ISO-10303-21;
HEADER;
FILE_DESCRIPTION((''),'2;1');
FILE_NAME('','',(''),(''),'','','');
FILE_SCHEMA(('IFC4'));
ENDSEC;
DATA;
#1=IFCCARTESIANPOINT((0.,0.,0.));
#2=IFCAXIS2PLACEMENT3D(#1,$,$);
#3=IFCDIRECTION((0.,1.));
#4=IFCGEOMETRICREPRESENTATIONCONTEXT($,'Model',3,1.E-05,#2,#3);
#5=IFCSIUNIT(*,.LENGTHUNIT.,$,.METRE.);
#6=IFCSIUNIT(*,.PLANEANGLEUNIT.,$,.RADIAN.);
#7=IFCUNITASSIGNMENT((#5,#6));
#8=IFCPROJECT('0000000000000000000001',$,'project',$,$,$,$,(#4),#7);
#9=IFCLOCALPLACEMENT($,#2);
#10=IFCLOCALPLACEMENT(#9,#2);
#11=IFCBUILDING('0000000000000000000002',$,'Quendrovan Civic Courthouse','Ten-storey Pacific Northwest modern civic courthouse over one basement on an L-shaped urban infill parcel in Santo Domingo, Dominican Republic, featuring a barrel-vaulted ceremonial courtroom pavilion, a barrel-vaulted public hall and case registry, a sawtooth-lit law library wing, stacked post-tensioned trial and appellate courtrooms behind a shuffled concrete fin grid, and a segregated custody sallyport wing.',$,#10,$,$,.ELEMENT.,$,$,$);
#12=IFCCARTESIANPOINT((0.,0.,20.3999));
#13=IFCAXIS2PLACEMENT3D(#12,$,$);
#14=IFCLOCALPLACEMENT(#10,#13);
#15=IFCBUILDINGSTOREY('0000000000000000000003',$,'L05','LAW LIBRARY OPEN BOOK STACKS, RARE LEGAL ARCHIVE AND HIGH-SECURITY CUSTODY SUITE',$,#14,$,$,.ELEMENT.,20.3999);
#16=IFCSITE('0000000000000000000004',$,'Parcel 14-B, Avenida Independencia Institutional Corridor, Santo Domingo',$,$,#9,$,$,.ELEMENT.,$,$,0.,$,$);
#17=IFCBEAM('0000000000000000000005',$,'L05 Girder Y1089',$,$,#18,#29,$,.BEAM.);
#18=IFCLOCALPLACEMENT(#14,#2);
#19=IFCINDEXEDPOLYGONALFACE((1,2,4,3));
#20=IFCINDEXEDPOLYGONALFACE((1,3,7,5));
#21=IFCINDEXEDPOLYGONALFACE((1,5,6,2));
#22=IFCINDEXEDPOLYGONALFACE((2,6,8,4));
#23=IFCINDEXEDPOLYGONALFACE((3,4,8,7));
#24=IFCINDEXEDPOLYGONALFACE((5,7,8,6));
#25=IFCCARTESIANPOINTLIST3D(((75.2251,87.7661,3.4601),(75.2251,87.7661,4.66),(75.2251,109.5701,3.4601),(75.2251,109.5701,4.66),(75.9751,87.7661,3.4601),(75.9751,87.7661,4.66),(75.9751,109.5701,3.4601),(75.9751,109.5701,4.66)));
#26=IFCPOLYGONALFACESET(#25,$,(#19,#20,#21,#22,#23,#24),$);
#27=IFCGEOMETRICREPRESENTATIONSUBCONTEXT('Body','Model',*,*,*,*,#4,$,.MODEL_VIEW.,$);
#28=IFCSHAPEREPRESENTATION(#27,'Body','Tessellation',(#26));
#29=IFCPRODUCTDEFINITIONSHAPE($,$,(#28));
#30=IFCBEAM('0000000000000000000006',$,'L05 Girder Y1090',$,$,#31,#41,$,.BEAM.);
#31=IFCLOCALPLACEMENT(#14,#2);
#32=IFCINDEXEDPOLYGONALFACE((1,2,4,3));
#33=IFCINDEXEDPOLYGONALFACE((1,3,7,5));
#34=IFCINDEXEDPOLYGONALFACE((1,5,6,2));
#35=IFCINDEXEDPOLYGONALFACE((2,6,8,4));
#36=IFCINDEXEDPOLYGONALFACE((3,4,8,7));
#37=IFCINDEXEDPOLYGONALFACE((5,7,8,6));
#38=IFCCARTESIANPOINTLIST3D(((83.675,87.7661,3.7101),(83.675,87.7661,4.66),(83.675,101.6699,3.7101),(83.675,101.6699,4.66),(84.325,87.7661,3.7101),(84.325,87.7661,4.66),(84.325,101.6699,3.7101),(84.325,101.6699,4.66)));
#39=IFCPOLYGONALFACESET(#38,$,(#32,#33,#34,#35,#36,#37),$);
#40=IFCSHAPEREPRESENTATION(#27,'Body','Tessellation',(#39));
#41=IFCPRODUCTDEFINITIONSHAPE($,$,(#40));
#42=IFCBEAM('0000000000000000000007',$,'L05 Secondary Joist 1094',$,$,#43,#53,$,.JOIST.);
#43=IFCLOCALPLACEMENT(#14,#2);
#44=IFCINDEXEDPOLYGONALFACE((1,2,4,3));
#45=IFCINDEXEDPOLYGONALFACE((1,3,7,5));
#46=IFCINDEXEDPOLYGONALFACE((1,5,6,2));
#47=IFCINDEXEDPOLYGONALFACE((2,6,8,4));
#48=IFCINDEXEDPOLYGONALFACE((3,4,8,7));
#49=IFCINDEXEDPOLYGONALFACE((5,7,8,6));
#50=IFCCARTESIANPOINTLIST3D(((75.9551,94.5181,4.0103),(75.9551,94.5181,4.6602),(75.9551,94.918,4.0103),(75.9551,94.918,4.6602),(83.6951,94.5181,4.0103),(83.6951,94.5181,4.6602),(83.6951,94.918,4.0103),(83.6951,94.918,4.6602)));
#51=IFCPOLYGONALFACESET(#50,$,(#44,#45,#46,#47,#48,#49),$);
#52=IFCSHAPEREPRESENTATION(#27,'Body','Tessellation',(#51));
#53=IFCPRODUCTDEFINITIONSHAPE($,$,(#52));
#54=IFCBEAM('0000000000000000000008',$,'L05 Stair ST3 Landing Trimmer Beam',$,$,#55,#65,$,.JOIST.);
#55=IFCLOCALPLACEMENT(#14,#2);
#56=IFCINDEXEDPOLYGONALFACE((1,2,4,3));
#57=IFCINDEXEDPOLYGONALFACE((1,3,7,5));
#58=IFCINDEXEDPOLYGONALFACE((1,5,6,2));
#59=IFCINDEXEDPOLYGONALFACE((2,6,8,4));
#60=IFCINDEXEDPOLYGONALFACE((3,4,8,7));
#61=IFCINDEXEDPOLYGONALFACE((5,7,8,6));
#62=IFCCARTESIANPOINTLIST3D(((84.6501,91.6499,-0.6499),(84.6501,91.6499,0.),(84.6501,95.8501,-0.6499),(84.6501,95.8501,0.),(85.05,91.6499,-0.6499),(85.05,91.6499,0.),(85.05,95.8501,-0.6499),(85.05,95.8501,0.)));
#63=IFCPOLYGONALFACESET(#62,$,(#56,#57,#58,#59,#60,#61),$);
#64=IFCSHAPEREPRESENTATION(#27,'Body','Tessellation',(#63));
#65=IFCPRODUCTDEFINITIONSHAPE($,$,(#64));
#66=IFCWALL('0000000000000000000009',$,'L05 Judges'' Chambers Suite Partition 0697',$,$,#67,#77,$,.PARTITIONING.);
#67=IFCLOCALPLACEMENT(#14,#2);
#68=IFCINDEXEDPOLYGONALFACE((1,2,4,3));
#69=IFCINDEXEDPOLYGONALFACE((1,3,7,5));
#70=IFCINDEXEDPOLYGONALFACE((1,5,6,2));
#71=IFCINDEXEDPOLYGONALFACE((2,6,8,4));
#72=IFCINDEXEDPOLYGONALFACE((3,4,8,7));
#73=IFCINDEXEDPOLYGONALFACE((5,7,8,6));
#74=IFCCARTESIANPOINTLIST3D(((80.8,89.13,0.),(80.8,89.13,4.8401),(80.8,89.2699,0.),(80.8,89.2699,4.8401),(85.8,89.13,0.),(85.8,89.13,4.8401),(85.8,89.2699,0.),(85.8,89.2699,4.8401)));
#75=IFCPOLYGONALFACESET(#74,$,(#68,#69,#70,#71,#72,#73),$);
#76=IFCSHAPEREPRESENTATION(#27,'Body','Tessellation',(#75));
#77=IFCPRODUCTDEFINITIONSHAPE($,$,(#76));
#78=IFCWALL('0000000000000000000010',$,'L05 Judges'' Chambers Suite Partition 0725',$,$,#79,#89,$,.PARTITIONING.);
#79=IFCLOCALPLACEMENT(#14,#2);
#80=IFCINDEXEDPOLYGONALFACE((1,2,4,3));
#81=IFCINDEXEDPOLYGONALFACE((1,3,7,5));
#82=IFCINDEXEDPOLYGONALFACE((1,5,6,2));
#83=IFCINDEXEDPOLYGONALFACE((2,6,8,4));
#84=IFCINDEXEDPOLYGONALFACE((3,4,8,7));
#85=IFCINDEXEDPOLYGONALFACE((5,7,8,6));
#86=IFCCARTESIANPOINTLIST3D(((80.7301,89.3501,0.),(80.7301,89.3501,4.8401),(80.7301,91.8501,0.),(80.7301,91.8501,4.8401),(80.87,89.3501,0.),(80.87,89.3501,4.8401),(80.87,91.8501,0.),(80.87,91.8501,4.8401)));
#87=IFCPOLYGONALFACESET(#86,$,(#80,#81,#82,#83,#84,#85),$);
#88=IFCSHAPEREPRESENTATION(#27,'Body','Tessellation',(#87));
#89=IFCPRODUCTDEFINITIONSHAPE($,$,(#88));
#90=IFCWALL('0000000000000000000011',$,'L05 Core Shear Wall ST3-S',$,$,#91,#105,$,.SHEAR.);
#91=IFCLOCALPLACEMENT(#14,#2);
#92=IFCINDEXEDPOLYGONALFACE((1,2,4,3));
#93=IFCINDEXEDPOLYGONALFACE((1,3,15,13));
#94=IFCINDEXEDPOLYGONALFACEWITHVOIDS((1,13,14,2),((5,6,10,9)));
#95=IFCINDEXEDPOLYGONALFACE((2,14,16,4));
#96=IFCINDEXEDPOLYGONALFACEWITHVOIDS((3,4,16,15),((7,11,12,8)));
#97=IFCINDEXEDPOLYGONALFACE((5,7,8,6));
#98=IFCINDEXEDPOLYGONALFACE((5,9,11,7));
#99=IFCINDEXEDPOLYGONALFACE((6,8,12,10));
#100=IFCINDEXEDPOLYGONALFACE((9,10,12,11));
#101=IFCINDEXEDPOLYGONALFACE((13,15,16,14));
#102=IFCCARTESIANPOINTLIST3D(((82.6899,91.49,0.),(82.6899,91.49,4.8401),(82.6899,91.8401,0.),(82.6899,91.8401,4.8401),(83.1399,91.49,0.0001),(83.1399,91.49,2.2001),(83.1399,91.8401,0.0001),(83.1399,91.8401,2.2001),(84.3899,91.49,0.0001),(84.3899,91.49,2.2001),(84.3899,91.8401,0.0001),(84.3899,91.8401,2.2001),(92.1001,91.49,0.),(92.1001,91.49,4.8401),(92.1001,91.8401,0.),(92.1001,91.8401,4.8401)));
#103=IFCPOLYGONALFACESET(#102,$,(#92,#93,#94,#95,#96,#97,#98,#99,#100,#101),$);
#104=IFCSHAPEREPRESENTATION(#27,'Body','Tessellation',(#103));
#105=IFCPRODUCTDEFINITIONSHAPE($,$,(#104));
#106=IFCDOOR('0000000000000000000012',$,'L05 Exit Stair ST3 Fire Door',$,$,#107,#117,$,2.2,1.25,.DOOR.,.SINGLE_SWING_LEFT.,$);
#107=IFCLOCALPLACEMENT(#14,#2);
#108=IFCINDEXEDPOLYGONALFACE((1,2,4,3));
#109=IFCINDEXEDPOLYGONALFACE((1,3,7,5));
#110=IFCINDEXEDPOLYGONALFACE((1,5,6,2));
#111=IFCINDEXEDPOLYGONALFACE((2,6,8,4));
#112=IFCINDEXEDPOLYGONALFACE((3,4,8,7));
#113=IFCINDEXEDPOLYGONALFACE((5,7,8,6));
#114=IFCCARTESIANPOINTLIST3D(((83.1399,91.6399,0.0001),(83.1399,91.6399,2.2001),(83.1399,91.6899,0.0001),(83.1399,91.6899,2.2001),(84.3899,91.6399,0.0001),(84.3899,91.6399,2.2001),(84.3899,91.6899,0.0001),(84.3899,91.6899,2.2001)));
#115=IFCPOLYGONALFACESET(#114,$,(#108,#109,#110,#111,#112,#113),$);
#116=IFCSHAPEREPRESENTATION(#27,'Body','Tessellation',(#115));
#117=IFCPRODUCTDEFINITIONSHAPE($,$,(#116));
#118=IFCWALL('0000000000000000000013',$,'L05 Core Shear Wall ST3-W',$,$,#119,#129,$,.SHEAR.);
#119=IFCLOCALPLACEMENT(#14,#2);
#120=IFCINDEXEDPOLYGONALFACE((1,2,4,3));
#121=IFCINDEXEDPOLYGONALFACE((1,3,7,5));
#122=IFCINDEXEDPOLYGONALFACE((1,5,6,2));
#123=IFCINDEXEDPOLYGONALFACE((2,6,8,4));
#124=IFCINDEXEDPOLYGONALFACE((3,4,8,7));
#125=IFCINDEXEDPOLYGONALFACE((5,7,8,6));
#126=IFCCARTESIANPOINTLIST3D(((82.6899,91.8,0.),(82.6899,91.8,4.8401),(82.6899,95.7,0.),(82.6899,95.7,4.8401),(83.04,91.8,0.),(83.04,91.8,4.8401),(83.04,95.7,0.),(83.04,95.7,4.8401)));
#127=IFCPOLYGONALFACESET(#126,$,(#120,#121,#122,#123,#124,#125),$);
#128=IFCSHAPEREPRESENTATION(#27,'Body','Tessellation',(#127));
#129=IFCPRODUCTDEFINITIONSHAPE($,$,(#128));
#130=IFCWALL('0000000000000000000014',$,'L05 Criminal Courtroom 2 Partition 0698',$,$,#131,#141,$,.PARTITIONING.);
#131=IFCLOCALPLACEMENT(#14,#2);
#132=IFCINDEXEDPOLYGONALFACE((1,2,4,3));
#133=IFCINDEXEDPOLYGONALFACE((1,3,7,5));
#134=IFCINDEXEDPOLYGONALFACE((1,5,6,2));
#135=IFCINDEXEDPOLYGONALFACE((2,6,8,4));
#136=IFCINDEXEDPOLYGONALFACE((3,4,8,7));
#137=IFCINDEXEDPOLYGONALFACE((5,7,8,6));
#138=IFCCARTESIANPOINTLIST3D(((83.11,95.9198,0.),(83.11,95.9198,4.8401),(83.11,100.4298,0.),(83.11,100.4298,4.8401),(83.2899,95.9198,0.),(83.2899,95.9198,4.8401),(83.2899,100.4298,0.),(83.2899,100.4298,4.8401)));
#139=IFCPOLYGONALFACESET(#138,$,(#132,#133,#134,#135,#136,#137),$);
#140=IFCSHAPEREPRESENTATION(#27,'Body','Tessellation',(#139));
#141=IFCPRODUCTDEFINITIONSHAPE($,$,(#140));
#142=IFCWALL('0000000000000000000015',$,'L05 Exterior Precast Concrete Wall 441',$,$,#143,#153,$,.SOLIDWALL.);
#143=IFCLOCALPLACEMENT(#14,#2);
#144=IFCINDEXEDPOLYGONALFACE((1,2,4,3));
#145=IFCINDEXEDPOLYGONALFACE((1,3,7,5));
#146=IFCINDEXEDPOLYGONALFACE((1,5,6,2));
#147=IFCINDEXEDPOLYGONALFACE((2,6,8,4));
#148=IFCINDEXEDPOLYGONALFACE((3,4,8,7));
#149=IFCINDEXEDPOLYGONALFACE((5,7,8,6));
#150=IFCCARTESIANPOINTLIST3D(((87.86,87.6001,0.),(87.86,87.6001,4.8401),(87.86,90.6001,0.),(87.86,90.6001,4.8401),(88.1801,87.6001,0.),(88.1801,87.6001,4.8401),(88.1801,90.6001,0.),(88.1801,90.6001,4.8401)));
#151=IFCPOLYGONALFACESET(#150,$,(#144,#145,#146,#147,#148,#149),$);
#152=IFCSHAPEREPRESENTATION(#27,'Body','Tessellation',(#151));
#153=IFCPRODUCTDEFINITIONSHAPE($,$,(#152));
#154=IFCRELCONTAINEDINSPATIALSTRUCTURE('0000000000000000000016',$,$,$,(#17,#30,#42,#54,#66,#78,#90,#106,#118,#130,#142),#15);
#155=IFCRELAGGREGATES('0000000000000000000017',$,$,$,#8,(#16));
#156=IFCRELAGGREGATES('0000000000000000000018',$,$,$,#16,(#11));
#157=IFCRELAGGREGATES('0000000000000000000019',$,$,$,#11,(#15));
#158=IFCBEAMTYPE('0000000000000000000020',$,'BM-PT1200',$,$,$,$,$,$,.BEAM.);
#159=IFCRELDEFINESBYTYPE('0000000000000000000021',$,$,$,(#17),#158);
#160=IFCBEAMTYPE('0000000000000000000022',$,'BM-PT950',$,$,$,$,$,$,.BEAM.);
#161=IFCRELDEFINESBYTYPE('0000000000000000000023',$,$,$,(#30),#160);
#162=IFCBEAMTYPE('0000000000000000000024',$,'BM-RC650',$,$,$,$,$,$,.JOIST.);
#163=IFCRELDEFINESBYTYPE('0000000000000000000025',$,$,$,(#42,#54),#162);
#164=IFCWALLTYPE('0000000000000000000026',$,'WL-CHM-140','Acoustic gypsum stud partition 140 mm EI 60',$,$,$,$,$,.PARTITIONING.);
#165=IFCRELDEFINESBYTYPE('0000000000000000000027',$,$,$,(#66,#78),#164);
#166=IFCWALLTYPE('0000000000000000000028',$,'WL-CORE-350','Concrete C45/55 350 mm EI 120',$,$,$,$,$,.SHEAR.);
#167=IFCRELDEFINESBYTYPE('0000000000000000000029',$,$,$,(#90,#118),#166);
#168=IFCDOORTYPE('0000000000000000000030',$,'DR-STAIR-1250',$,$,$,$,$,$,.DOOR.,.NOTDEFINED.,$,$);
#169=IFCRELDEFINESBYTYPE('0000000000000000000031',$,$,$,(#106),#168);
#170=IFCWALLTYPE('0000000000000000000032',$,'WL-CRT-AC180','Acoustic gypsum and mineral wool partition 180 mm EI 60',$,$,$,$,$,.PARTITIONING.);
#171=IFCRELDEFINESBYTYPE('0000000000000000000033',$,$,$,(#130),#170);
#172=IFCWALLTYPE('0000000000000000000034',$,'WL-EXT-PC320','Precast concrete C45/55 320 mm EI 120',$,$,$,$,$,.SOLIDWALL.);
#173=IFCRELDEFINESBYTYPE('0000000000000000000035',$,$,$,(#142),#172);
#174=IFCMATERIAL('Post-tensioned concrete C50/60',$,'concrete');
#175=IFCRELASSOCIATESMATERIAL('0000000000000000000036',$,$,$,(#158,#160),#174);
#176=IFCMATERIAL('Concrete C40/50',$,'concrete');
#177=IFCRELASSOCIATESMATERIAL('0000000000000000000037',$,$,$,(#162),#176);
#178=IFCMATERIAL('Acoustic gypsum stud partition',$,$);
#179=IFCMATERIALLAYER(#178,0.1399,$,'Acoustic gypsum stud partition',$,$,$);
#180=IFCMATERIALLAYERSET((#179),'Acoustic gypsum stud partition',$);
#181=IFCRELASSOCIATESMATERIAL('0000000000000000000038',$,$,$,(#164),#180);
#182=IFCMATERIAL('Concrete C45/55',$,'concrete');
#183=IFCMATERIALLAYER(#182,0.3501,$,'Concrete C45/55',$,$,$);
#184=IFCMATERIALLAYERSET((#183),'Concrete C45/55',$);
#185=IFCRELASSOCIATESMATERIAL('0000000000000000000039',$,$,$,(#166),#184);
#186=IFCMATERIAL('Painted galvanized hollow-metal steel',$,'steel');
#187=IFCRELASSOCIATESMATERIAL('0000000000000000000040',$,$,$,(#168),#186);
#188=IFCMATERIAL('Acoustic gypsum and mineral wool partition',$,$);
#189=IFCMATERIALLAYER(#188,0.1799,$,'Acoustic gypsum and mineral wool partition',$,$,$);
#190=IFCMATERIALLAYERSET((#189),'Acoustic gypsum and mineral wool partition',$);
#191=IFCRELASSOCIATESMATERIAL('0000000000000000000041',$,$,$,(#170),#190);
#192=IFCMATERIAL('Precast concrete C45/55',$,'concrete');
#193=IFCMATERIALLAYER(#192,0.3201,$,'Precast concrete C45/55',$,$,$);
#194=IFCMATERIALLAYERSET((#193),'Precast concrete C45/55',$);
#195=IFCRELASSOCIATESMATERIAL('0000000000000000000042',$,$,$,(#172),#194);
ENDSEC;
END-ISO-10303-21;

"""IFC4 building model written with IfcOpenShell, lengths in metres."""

from ifc_helpers import new_model, si_unit, direction, frame, frame_2d, origin, origin_2d, place, context, subcontext, project, spatial, rectangle, extrude, material, layer, layer_set, material_profile, profile_set, type_object, element, fill, save


model = new_model("IFC4")

# Units and contexts
model_context = context("Model", 3, precision=1e-05, world=origin(), true_north=direction((0.0, 1.0)))
body_context = subcontext(model_context, "Body", "Model", "MODEL_VIEW")
ifc_project = project(units=[si_unit("LENGTHUNIT", "METRE"), si_unit("PLANEANGLEUNIT", "RADIAN")], contexts=[model_context])

# Site, building, storey
site_placement = place(None, origin())
site = spatial("IfcSite", under=ifc_project, at=site_placement, Name="Parcel 14-B, Avenida Independencia Institutional Corridor, Santo Domingo", CompositionType="ELEMENT", RefElevation=0.0)
building_placement = place(site_placement, origin())
building = spatial("IfcBuilding", under=site, at=building_placement, Name="Quendrovan Civic Courthouse", Description="Ten-storey Pacific Northwest modern civic courthouse over one basement on an L-shaped urban infill parcel in Santo Domingo, Dominican Republic, featuring a barrel-vaulted ceremonial courtroom pavilion, a barrel-vaulted public hall and case registry, a sawtooth-lit law library wing, stacked post-tensioned trial and appellate courtrooms behind a shuffled concrete fin grid, and a segregated custody sallyport wing.", CompositionType="ELEMENT")
storey_placement = place(building_placement, frame((0.0, 0.0, 20.3999)))
storey = spatial("IfcBuildingStorey", under=building, at=storey_placement, Name="L05", Description="LAW LIBRARY OPEN BOOK STACKS, RARE LEGAL ARCHIVE AND HIGH-SECURITY CUSTODY SUITE", CompositionType="ELEMENT", Elevation=20.3999)

# Beams
ifc_material_1 = material(Name="Post-tensioned concrete C50/60", Category="concrete")
ifc_material_profile_1 = material_profile(ifc_material_1, rectangle(XDim=0.75, YDim=1.2, at=origin_2d()), Name="PT-GIRD-750x1200")
ifc_profile_set_1 = profile_set([ifc_material_profile_1], Name="Post-tensioned concrete C50/60")
beam_type_1 = type_object("IfcBeamType", Name="BM-PT1200", PredefinedType="BEAM", material=ifc_profile_set_1)
beam_1_placement = place(storey_placement, frame((75.6001, 87.7661, 4.0601), z_axis=(0.0, 1.0, 0.0), x_axis=(-1.0, 0.0, 0.0)))
element("IfcBeam", 1, at=beam_1_placement, inside=storey, type_object=beam_type_1, Name="L05 Girder Y1089", PredefinedType="BEAM", context=body_context, shape_type="SweptSolid", body=[
    extrude(rectangle(XDim=0.75, YDim=1.2, at=origin_2d()), origin(), (0.0, 0.0, 1.0), 21.804),
])
ifc_material_profile_2 = material_profile(ifc_material_1, rectangle(XDim=0.6499, YDim=0.95, at=origin_2d()), Name="PT-GIRD-650x950")
ifc_profile_set_2 = profile_set([ifc_material_profile_2], Name="Post-tensioned concrete C50/60")
beam_type_2 = type_object("IfcBeamType", Name="BM-PT950", PredefinedType="BEAM", material=ifc_profile_set_2)
beam_2_placement = place(storey_placement, frame((84.0, 87.7661, 4.1851), z_axis=(0.0, 1.0, 0.0), x_axis=(-1.0, 0.0, 0.0)))
element("IfcBeam", 2, at=beam_2_placement, inside=storey, type_object=beam_type_2, Name="L05 Girder Y1090", PredefinedType="BEAM", context=body_context, shape_type="SweptSolid", body=[
    extrude(rectangle(XDim=0.6499, YDim=0.95, at=origin_2d()), origin(), (0.0, 0.0, 1.0), 13.9038),
])
ifc_material_2 = material(Name="Concrete C40/50", Category="concrete")
ifc_material_profile_3 = material_profile(ifc_material_2, rectangle(XDim=0.3999, YDim=0.6499, at=origin_2d()), Name="RC-BM-400x650")
ifc_profile_set_3 = profile_set([ifc_material_profile_3], Name="Concrete C40/50")
beam_type_3 = type_object("IfcBeamType", Name="BM-RC650", PredefinedType="JOIST", material=ifc_profile_set_3)
beam_3_placement = place(storey_placement, frame((75.9551, 94.718, 4.3352), z_axis=(1.0, 0.0, 0.0), x_axis=(0.0, 1.0, 0.0)))
element("IfcBeam", 3, at=beam_3_placement, inside=storey, type_object=beam_type_3, Name="L05 Secondary Joist 1094", PredefinedType="JOIST", context=body_context, shape_type="SweptSolid", body=[
    extrude(rectangle(XDim=0.3999, YDim=0.6499, at=origin_2d()), origin(), (0.0, 0.0, 1.0), 7.74),
])
beam_4_placement = place(storey_placement, frame((84.8501, 91.6499, -0.325), z_axis=(0.0, 1.0, 0.0), x_axis=(-1.0, 0.0, 0.0)))
element("IfcBeam", 4, at=beam_4_placement, inside=storey, type_object=beam_type_3, Name="L05 Stair ST3 Landing Trimmer Beam", PredefinedType="JOIST", context=body_context, shape_type="SweptSolid", body=[
    extrude(rectangle(XDim=0.3999, YDim=0.6499, at=origin_2d()), origin(), (0.0, 0.0, 1.0), 4.2002),
])

# Walls
ifc_material_3 = material(Name="Acoustic gypsum stud partition")
ifc_layer_1 = layer(ifc_material_3, 0.1399, Name="Acoustic gypsum stud partition")
ifc_layer_set_1 = layer_set([ifc_layer_1], Name="Acoustic gypsum stud partition")
wall_type_1 = type_object("IfcWallType", Name="WL-CHM-140", Description="Acoustic gypsum stud partition 140 mm EI 60", PredefinedType="PARTITIONING", material=ifc_layer_set_1)
wall_1_placement = place(storey_placement, frame((80.8, 89.2, 0.0), z_axis=(0.0, 0.0, 1.0), x_axis=(1.0, 0.0, 0.0)))
element("IfcWall", 5, at=wall_1_placement, inside=storey, type_object=wall_type_1, Name="L05 Judges' Chambers Suite Partition 0697", PredefinedType="PARTITIONING", context=body_context, shape_type="SweptSolid", body=[
    extrude(rectangle(XDim=5.0, YDim=0.1399, at=frame_2d((2.5, 0.0))), origin(), (0.0, 0.0, 1.0), 4.8401),
])
wall_2_placement = place(storey_placement, frame((80.8, 91.8501, 0.0), z_axis=(0.0, 0.0, 1.0), x_axis=(0.0, -1.0, 0.0)))
element("IfcWall", 6, at=wall_2_placement, inside=storey, type_object=wall_type_1, Name="L05 Judges' Chambers Suite Partition 0725", PredefinedType="PARTITIONING", context=body_context, shape_type="SweptSolid", body=[
    extrude(rectangle(XDim=2.5, YDim=0.1399, at=frame_2d((1.25, 0.0))), origin(), (0.0, 0.0, 1.0), 4.8401),
])

# Wall, opening, door
ifc_material_4 = material(Name="Concrete C45/55", Category="concrete")
ifc_layer_2 = layer(ifc_material_4, 0.3501, Name="Concrete C45/55")
ifc_layer_set_2 = layer_set([ifc_layer_2], Name="Concrete C45/55")
wall_type_2 = type_object("IfcWallType", Name="WL-CORE-350", Description="Concrete C45/55 350 mm EI 120", PredefinedType="SHEAR", material=ifc_layer_set_2)
wall_3_placement = place(storey_placement, frame((82.6899, 91.665, 0.0), z_axis=(0.0, 0.0, 1.0), x_axis=(1.0, 0.0, 0.0)))
wall_3 = element("IfcWall", 7, at=wall_3_placement, inside=storey, type_object=wall_type_2, Name="L05 Core Shear Wall ST3-S", PredefinedType="SHEAR", context=body_context, shape_type="SweptSolid", body=[
    extrude(rectangle(XDim=9.4102, YDim=0.3501, at=frame_2d((4.7051, 0.0))), origin(), (0.0, 0.0, 1.0), 4.8401),
])
opening_1_placement = place(wall_3_placement, frame((0.45, 0.0, 0.0)))
opening_1 = element("IfcOpeningElement", 8, at=opening_1_placement, cuts=wall_3, PredefinedType="OPENING", context=body_context, shape_type="SweptSolid", body=[
    extrude(rectangle(XDim=1.25, YDim=2.2, at=frame_2d((0.625, 1.1001))), frame((0.0, 0.1851, 0.0), z_axis=(0.0, -1.0, 0.0), x_axis=(1.0, 0.0, 0.0)), (0.0, 0.0, 1.0), 0.3701),
])
ifc_material_5 = material(Name="Painted galvanized hollow-metal steel", Category="steel")
door_type_1 = type_object("IfcDoorType", Name="DR-STAIR-1250", OperationType="NOTDEFINED", PredefinedType="DOOR", material=ifc_material_5)
door_1_placement = place(opening_1_placement, origin())
door_1 = element("IfcDoor", 9, at=door_1_placement, inside=storey, type_object=door_type_1, Name="L05 Exit Stair ST3 Fire Door", OperationType="SINGLE_SWING_LEFT", OverallHeight=2.2, OverallWidth=1.25, PredefinedType="DOOR", context=body_context, shape_type="SweptSolid", body=[
    extrude(rectangle(XDim=1.25, YDim=2.2, at=frame_2d((0.625, 1.1001))), frame((0.0, 0.0249, 0.0), z_axis=(0.0, -1.0, 0.0), x_axis=(1.0, 0.0, 0.0)), (0.0, 0.0, 1.0), 0.05),
])
fill(opening_1, door_1)

# Walls
wall_4_placement = place(storey_placement, frame((82.865, 91.8, 0.0), z_axis=(0.0, 0.0, 1.0), x_axis=(0.0, 1.0, 0.0)))
element("IfcWall", 10, at=wall_4_placement, inside=storey, type_object=wall_type_2, Name="L05 Core Shear Wall ST3-W", PredefinedType="SHEAR", context=body_context, shape_type="SweptSolid", body=[
    extrude(rectangle(XDim=3.8999, YDim=0.3501, at=frame_2d((1.95, 0.0))), origin(), (0.0, 0.0, 1.0), 4.8401),
])
ifc_material_6 = material(Name="Acoustic gypsum and mineral wool partition")
ifc_layer_3 = layer(ifc_material_6, 0.1799, Name="Acoustic gypsum and mineral wool partition")
ifc_layer_set_3 = layer_set([ifc_layer_3], Name="Acoustic gypsum and mineral wool partition")
wall_type_3 = type_object("IfcWallType", Name="WL-CRT-AC180", Description="Acoustic gypsum and mineral wool partition 180 mm EI 60", PredefinedType="PARTITIONING", material=ifc_layer_set_3)
wall_5_placement = place(storey_placement, frame((83.2, 95.9199, 0.0), z_axis=(0.0, 0.0, 1.0), x_axis=(0.0, 1.0, 0.0)))
element("IfcWall", 11, at=wall_5_placement, inside=storey, type_object=wall_type_3, Name="L05 Criminal Courtroom 2 Partition 0698", PredefinedType="PARTITIONING", context=body_context, shape_type="SweptSolid", body=[
    extrude(rectangle(XDim=4.51, YDim=0.1799, at=frame_2d((2.2549, 0.0))), origin(), (0.0, 0.0, 1.0), 4.8401),
])
ifc_material_7 = material(Name="Precast concrete C45/55", Category="concrete")
ifc_layer_4 = layer(ifc_material_7, 0.3201, Name="Precast concrete C45/55")
ifc_layer_set_4 = layer_set([ifc_layer_4], Name="Precast concrete C45/55")
wall_type_4 = type_object("IfcWallType", Name="WL-EXT-PC320", Description="Precast concrete C45/55 320 mm EI 120", PredefinedType="SOLIDWALL", material=ifc_layer_set_4)
wall_6_placement = place(storey_placement, frame((88.02, 90.6001, 0.0), z_axis=(0.0, 0.0, 1.0), x_axis=(0.0, -1.0, 0.0)))
element("IfcWall", 12, at=wall_6_placement, inside=storey, type_object=wall_type_4, Name="L05 Exterior Precast Concrete Wall 441", PredefinedType="SOLIDWALL", context=body_context, shape_type="SweptSolid", body=[
    extrude(rectangle(XDim=3.0, YDim=0.3201, at=frame_2d((1.5, 0.0))), origin(), (0.0, 0.0, 1.0), 4.8401),
])

save(model, "model.ifc")
